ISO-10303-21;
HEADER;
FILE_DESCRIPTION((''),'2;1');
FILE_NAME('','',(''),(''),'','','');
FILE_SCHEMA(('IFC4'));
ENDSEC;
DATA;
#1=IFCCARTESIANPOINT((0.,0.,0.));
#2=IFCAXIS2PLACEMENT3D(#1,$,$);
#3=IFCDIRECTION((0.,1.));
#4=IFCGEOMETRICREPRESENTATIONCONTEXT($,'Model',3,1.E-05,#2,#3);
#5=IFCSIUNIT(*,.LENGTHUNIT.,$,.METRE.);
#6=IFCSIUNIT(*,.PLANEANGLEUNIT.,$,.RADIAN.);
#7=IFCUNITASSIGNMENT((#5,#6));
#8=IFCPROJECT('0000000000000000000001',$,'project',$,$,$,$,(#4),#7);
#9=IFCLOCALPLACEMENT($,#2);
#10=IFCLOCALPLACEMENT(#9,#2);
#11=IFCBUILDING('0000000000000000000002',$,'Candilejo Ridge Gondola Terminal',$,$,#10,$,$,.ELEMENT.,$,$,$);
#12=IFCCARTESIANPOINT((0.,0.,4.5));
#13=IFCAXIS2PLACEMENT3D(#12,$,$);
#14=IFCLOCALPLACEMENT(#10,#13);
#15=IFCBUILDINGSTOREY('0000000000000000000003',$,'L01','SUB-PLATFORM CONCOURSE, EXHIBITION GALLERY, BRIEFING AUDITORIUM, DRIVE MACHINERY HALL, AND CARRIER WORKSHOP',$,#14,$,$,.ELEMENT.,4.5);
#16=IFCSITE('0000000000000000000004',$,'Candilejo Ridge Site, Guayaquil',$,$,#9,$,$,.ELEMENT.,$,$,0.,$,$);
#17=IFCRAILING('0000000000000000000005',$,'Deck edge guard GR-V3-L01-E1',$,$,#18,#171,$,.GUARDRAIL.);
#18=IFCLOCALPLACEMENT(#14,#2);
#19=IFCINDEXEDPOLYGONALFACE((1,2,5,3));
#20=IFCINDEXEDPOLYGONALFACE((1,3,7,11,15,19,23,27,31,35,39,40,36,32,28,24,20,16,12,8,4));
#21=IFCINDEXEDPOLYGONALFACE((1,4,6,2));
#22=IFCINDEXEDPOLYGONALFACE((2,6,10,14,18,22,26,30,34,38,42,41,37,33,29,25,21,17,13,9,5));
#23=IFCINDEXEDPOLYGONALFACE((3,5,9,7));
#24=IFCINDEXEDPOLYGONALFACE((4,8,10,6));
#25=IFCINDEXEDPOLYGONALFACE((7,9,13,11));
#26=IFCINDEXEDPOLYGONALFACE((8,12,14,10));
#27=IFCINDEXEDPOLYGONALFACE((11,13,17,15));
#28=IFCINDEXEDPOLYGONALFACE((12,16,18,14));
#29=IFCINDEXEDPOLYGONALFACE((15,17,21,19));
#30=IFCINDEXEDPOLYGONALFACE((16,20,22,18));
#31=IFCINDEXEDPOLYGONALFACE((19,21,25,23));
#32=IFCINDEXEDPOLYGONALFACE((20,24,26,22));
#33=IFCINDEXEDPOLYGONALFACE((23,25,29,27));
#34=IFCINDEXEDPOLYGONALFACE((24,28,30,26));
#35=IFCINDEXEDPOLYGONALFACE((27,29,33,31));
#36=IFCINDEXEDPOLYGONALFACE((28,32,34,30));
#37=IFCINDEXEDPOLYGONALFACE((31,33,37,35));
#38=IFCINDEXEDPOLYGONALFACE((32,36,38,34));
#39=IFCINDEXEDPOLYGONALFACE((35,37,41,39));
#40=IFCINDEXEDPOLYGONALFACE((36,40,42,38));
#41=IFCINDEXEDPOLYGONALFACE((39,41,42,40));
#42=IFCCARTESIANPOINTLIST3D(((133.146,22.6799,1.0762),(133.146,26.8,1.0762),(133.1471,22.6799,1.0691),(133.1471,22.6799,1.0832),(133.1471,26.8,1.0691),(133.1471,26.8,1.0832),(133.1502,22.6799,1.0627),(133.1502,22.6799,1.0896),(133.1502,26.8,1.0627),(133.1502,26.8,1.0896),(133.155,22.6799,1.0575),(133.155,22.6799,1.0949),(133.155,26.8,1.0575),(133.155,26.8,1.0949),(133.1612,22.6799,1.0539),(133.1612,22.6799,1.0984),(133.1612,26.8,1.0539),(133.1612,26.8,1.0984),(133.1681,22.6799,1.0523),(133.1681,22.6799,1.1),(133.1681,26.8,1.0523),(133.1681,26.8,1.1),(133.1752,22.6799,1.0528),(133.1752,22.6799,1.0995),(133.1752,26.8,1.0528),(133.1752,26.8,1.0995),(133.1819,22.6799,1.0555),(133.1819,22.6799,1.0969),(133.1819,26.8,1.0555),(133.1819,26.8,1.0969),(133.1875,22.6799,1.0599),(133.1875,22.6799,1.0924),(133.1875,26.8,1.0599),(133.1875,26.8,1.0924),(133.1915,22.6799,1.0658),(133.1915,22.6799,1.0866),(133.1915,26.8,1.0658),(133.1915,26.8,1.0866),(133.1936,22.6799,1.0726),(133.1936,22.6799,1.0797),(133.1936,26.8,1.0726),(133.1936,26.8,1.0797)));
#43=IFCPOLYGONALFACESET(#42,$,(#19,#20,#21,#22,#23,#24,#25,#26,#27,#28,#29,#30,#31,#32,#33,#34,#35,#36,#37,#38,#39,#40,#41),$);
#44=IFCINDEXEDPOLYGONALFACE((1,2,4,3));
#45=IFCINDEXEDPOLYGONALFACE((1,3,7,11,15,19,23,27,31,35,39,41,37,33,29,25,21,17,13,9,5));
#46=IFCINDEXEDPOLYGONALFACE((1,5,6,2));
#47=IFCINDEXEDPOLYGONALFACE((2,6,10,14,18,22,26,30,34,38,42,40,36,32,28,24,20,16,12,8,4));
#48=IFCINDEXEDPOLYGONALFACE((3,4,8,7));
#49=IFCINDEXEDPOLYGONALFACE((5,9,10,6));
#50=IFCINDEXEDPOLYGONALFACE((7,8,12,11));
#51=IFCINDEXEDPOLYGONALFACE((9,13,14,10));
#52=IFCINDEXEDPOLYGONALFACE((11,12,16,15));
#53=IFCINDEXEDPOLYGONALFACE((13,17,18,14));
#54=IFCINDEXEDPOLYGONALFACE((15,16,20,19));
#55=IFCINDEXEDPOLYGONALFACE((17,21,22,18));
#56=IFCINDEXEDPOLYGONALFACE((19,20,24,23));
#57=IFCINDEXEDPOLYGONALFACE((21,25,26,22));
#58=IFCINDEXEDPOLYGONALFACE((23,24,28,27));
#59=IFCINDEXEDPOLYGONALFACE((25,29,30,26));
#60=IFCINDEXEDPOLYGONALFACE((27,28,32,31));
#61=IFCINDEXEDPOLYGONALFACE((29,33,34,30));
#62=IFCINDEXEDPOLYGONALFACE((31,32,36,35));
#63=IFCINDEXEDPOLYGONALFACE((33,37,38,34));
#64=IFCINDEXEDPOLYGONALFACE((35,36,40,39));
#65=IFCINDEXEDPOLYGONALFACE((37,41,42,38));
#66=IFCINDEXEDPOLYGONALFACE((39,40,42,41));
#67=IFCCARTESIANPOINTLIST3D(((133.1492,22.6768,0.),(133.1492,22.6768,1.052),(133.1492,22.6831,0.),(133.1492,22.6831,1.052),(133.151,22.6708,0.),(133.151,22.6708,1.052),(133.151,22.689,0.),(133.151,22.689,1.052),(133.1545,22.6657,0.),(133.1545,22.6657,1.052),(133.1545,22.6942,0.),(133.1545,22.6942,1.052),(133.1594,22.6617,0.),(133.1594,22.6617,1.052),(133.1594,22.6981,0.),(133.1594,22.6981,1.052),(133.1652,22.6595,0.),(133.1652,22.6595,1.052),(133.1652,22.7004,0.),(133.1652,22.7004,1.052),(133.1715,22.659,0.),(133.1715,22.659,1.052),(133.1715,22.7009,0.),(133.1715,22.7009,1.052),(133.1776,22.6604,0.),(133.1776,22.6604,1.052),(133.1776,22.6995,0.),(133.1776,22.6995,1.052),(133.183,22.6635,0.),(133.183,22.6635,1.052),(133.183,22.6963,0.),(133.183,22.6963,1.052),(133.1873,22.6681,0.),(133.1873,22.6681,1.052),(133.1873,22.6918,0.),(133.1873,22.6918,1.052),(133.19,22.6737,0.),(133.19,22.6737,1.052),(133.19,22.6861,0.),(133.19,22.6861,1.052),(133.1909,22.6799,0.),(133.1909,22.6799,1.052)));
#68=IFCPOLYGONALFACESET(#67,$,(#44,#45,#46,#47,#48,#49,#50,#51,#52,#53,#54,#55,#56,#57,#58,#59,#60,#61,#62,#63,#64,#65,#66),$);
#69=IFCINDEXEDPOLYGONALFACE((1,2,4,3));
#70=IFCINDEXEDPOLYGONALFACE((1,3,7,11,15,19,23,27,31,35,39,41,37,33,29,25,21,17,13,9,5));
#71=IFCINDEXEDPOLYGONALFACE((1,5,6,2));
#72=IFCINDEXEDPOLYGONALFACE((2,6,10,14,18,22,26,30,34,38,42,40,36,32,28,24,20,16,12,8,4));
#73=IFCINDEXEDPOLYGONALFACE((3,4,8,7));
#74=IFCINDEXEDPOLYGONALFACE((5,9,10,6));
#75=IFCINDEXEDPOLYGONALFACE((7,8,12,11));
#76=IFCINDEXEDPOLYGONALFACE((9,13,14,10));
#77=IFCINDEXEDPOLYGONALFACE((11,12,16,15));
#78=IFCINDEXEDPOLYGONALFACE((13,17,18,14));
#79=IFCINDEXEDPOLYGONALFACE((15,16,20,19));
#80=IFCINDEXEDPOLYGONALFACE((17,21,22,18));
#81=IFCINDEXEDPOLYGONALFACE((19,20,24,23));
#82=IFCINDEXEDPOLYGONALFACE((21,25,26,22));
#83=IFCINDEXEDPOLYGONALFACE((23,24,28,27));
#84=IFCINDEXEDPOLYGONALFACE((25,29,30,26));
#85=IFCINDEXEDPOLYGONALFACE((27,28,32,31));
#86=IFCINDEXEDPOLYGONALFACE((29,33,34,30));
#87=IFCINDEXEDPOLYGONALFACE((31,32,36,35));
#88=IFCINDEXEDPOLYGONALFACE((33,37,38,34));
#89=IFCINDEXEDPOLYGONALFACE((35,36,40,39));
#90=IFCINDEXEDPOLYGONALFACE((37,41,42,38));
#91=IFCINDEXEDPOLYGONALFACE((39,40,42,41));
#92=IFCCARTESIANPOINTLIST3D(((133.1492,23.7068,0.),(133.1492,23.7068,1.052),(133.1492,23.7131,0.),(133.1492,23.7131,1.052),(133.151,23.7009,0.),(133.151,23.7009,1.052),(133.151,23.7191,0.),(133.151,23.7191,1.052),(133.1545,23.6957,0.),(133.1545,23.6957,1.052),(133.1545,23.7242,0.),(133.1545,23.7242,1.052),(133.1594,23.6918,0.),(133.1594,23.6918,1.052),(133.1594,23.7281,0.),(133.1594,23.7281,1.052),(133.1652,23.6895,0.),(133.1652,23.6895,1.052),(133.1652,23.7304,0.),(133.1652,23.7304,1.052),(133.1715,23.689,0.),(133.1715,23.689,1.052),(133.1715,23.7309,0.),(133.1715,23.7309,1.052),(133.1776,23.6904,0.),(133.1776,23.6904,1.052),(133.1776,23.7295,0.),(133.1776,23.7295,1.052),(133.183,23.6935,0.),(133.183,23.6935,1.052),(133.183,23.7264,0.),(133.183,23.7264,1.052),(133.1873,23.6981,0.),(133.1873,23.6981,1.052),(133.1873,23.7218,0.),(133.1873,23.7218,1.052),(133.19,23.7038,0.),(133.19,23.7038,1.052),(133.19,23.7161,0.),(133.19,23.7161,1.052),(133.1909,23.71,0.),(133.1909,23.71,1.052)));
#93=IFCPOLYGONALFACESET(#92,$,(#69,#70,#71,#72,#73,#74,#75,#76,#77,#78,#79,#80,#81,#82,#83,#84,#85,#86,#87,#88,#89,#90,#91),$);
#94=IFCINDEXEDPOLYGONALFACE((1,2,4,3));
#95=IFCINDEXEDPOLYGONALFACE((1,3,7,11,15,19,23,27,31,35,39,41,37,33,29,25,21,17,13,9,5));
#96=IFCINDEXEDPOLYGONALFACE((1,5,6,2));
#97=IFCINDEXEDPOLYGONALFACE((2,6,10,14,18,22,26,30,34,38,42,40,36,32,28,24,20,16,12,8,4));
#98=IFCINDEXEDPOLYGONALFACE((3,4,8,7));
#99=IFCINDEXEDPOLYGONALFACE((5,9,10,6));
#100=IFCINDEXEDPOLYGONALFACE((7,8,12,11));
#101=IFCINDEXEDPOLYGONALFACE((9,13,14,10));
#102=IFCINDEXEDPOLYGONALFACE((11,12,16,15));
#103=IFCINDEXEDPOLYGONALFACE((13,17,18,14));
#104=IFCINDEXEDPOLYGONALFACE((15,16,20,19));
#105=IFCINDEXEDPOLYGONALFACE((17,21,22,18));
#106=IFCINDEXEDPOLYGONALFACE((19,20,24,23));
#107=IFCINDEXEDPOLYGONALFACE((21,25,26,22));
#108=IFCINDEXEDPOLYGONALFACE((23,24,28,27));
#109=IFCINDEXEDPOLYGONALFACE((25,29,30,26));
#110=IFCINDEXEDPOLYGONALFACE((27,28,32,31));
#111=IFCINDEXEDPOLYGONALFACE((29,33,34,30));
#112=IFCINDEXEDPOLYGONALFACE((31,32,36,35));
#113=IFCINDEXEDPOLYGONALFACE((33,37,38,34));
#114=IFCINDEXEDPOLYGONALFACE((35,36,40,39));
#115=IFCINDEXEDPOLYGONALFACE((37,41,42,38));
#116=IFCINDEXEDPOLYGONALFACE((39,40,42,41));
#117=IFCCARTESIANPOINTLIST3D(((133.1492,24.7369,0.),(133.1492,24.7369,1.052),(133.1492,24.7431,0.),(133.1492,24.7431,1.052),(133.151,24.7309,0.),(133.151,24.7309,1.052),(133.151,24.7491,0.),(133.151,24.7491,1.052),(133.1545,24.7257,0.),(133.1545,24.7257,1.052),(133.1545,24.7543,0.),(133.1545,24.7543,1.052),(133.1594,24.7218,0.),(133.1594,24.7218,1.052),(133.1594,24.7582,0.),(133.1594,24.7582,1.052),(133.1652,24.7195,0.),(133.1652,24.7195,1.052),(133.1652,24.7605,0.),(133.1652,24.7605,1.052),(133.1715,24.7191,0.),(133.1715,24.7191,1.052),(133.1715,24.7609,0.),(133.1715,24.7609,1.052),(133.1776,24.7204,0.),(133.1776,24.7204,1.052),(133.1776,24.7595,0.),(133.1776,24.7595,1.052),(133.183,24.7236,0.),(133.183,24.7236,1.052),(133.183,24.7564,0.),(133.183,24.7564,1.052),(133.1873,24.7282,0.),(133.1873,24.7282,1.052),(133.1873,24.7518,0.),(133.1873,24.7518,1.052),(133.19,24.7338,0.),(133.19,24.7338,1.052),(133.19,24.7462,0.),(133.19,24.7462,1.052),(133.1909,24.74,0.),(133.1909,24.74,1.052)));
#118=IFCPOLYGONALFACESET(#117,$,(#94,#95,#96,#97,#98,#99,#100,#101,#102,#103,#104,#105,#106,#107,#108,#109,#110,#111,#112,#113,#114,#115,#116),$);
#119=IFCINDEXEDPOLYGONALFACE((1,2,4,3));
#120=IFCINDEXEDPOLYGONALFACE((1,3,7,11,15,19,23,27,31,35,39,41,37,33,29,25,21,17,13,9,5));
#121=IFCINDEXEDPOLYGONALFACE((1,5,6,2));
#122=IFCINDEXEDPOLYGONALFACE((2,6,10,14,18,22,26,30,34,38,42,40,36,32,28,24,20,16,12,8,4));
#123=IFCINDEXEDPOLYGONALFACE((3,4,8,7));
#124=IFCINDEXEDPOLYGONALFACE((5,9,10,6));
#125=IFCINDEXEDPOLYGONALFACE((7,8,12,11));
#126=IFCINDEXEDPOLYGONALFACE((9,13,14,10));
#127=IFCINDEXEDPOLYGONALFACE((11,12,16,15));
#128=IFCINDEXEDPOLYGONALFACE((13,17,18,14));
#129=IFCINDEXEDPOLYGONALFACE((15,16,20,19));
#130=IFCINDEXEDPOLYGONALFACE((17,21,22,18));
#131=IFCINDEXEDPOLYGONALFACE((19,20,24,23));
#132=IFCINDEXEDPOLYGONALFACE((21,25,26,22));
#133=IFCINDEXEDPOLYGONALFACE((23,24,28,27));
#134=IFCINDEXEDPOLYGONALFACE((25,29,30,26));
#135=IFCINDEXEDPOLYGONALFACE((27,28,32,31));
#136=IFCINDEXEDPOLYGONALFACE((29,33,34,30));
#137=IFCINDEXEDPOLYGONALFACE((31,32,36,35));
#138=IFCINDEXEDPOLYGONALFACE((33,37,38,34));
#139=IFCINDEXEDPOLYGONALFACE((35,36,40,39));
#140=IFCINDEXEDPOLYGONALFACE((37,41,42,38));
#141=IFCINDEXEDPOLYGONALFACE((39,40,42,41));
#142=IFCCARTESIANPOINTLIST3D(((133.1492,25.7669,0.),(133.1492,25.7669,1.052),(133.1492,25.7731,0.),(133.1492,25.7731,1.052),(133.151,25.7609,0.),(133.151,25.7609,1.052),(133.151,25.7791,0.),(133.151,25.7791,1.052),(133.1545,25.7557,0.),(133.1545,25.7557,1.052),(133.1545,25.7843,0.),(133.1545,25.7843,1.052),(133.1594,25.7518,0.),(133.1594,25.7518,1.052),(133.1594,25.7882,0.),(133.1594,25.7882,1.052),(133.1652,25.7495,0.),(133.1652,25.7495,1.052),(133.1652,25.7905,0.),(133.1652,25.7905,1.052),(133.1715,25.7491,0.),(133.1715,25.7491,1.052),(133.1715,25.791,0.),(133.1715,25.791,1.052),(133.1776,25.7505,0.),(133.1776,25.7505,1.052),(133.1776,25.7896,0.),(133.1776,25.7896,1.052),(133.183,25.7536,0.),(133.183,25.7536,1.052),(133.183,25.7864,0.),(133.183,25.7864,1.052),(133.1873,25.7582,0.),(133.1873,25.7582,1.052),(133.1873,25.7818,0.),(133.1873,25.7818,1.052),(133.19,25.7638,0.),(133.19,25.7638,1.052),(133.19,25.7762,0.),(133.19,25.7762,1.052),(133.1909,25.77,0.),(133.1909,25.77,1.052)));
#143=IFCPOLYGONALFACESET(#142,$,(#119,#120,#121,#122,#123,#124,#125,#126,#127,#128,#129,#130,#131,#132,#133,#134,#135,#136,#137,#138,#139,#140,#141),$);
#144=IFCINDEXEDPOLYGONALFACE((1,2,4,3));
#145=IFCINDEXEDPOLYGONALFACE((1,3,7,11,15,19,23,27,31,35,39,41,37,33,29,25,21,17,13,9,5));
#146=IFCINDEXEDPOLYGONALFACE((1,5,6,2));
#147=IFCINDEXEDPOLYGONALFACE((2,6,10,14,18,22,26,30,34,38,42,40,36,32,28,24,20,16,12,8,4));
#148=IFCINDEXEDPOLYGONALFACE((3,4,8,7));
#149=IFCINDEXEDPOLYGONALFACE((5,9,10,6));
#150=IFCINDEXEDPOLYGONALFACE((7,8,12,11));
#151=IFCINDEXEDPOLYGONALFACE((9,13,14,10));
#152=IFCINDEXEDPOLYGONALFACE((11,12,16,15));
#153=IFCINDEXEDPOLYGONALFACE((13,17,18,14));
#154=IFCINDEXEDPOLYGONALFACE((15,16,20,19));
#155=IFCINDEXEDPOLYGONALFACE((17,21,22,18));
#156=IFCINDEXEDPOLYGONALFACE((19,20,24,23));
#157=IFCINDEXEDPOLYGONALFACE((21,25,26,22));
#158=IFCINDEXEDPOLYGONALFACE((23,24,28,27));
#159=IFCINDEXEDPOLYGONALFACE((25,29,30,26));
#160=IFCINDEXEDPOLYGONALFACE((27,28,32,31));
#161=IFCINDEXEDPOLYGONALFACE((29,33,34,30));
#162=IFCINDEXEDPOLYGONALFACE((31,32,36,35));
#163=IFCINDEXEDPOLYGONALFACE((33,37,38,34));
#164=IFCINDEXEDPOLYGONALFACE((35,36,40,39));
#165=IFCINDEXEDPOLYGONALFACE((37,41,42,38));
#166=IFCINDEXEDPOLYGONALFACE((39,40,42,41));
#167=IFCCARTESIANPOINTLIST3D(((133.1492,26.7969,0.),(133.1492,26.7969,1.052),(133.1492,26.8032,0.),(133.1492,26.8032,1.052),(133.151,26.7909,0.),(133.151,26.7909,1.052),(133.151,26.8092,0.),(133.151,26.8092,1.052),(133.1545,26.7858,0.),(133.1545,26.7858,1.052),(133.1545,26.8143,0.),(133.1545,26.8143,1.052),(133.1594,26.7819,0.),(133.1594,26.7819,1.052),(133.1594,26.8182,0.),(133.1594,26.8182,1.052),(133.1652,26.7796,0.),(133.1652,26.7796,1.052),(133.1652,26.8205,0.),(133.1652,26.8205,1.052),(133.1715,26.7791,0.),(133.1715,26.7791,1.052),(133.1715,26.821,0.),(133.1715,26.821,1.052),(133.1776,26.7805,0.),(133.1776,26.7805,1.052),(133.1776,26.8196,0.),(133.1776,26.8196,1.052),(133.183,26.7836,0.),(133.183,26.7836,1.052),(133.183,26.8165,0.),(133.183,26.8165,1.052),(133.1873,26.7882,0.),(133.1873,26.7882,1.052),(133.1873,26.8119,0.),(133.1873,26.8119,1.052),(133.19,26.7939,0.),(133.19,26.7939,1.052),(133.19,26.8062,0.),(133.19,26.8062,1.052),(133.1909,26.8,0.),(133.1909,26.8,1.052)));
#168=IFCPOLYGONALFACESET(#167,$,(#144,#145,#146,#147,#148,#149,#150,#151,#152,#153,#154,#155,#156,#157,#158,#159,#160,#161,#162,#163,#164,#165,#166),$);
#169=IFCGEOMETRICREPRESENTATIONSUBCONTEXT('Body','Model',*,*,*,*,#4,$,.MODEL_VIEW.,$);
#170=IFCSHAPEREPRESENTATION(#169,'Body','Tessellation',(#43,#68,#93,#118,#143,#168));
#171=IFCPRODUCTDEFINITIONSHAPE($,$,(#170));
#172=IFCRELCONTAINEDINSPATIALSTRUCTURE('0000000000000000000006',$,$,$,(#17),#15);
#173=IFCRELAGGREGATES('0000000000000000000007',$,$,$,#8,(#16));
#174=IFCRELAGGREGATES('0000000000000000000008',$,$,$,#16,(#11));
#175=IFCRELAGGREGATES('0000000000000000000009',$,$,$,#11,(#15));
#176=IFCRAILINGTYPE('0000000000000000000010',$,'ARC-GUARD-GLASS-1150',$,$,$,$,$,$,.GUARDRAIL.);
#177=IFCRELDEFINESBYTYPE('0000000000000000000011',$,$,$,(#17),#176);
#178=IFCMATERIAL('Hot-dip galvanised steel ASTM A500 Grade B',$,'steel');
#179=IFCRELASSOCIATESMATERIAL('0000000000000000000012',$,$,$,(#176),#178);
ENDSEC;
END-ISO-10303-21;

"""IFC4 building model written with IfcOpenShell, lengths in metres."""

from ifc_helpers import new_model, si_unit, direction, frame, origin, origin_2d, place, context, subcontext, project, spatial, circle, extrude, material, type_object, element, save


model = new_model("IFC4")

# Units and contexts
model_context = context("Model", 3, precision=1e-05, world=origin(), true_north=direction((0.0, 1.0)))
body_context = subcontext(model_context, "Body", "Model", "MODEL_VIEW")
ifc_project = project(units=[si_unit("LENGTHUNIT", "METRE"), si_unit("PLANEANGLEUNIT", "RADIAN")], contexts=[model_context])

# Site, building, storey
site_placement = place(None, origin())
site = spatial("IfcSite", under=ifc_project, at=site_placement, Name="Candilejo Ridge Site, Guayaquil", CompositionType="ELEMENT", RefElevation=0.0)
building_placement = place(site_placement, origin())
building = spatial("IfcBuilding", under=site, at=building_placement, Name="Candilejo Ridge Gondola Terminal", CompositionType="ELEMENT")
storey_placement = place(building_placement, frame((0.0, 0.0, 4.5)))
storey = spatial("IfcBuildingStorey", under=building, at=storey_placement, Name="L01", Description="SUB-PLATFORM CONCOURSE, EXHIBITION GALLERY, BRIEFING AUDITORIUM, DRIVE MACHINERY HALL, AND CARRIER WORKSHOP", CompositionType="ELEMENT", Elevation=4.5)

# Railing
ifc_material_1 = material(Name="Hot-dip galvanised steel ASTM A500 Grade B", Category="steel")
railing_type = type_object("IfcRailingType", Name="ARC-GUARD-GLASS-1150", PredefinedType="GUARDRAIL", material=ifc_material_1)
railing_placement = place(storey_placement, frame((133.1699, 22.6799, 0.0)))
element("IfcRailing", 1, at=railing_placement, inside=storey, type_object=railing_type, Name="Deck edge guard GR-V3-L01-E1", PredefinedType="GUARDRAIL", context=body_context, shape_type="SweptSolid", body=[
    extrude(circle(Radius=0.0239, at=origin_2d()), frame((0.0, 0.0, 1.0762), z_axis=(0.0, 1.0, 0.0), x_axis=(-1.0, 0.0, 0.0)), (0.0, 0.0, 1.0), 4.1201),
    extrude(circle(Radius=0.021, at=origin_2d()), origin(), (0.0, 0.0, 1.0), 1.052),
    extrude(circle(Radius=0.021, at=origin_2d()), frame((0.0, 1.03, 0.0)), (0.0, 0.0, 1.0), 1.052),
    extrude(circle(Radius=0.021, at=origin_2d()), frame((0.0, 2.0601, 0.0)), (0.0, 0.0, 1.0), 1.052),
    extrude(circle(Radius=0.021, at=origin_2d()), frame((0.0, 3.0901, 0.0)), (0.0, 0.0, 1.0), 1.052),
    extrude(circle(Radius=0.021, at=origin_2d()), frame((0.0, 4.1201, 0.0)), (0.0, 0.0, 1.0), 1.052),
])

save(model, "model.ifc")
